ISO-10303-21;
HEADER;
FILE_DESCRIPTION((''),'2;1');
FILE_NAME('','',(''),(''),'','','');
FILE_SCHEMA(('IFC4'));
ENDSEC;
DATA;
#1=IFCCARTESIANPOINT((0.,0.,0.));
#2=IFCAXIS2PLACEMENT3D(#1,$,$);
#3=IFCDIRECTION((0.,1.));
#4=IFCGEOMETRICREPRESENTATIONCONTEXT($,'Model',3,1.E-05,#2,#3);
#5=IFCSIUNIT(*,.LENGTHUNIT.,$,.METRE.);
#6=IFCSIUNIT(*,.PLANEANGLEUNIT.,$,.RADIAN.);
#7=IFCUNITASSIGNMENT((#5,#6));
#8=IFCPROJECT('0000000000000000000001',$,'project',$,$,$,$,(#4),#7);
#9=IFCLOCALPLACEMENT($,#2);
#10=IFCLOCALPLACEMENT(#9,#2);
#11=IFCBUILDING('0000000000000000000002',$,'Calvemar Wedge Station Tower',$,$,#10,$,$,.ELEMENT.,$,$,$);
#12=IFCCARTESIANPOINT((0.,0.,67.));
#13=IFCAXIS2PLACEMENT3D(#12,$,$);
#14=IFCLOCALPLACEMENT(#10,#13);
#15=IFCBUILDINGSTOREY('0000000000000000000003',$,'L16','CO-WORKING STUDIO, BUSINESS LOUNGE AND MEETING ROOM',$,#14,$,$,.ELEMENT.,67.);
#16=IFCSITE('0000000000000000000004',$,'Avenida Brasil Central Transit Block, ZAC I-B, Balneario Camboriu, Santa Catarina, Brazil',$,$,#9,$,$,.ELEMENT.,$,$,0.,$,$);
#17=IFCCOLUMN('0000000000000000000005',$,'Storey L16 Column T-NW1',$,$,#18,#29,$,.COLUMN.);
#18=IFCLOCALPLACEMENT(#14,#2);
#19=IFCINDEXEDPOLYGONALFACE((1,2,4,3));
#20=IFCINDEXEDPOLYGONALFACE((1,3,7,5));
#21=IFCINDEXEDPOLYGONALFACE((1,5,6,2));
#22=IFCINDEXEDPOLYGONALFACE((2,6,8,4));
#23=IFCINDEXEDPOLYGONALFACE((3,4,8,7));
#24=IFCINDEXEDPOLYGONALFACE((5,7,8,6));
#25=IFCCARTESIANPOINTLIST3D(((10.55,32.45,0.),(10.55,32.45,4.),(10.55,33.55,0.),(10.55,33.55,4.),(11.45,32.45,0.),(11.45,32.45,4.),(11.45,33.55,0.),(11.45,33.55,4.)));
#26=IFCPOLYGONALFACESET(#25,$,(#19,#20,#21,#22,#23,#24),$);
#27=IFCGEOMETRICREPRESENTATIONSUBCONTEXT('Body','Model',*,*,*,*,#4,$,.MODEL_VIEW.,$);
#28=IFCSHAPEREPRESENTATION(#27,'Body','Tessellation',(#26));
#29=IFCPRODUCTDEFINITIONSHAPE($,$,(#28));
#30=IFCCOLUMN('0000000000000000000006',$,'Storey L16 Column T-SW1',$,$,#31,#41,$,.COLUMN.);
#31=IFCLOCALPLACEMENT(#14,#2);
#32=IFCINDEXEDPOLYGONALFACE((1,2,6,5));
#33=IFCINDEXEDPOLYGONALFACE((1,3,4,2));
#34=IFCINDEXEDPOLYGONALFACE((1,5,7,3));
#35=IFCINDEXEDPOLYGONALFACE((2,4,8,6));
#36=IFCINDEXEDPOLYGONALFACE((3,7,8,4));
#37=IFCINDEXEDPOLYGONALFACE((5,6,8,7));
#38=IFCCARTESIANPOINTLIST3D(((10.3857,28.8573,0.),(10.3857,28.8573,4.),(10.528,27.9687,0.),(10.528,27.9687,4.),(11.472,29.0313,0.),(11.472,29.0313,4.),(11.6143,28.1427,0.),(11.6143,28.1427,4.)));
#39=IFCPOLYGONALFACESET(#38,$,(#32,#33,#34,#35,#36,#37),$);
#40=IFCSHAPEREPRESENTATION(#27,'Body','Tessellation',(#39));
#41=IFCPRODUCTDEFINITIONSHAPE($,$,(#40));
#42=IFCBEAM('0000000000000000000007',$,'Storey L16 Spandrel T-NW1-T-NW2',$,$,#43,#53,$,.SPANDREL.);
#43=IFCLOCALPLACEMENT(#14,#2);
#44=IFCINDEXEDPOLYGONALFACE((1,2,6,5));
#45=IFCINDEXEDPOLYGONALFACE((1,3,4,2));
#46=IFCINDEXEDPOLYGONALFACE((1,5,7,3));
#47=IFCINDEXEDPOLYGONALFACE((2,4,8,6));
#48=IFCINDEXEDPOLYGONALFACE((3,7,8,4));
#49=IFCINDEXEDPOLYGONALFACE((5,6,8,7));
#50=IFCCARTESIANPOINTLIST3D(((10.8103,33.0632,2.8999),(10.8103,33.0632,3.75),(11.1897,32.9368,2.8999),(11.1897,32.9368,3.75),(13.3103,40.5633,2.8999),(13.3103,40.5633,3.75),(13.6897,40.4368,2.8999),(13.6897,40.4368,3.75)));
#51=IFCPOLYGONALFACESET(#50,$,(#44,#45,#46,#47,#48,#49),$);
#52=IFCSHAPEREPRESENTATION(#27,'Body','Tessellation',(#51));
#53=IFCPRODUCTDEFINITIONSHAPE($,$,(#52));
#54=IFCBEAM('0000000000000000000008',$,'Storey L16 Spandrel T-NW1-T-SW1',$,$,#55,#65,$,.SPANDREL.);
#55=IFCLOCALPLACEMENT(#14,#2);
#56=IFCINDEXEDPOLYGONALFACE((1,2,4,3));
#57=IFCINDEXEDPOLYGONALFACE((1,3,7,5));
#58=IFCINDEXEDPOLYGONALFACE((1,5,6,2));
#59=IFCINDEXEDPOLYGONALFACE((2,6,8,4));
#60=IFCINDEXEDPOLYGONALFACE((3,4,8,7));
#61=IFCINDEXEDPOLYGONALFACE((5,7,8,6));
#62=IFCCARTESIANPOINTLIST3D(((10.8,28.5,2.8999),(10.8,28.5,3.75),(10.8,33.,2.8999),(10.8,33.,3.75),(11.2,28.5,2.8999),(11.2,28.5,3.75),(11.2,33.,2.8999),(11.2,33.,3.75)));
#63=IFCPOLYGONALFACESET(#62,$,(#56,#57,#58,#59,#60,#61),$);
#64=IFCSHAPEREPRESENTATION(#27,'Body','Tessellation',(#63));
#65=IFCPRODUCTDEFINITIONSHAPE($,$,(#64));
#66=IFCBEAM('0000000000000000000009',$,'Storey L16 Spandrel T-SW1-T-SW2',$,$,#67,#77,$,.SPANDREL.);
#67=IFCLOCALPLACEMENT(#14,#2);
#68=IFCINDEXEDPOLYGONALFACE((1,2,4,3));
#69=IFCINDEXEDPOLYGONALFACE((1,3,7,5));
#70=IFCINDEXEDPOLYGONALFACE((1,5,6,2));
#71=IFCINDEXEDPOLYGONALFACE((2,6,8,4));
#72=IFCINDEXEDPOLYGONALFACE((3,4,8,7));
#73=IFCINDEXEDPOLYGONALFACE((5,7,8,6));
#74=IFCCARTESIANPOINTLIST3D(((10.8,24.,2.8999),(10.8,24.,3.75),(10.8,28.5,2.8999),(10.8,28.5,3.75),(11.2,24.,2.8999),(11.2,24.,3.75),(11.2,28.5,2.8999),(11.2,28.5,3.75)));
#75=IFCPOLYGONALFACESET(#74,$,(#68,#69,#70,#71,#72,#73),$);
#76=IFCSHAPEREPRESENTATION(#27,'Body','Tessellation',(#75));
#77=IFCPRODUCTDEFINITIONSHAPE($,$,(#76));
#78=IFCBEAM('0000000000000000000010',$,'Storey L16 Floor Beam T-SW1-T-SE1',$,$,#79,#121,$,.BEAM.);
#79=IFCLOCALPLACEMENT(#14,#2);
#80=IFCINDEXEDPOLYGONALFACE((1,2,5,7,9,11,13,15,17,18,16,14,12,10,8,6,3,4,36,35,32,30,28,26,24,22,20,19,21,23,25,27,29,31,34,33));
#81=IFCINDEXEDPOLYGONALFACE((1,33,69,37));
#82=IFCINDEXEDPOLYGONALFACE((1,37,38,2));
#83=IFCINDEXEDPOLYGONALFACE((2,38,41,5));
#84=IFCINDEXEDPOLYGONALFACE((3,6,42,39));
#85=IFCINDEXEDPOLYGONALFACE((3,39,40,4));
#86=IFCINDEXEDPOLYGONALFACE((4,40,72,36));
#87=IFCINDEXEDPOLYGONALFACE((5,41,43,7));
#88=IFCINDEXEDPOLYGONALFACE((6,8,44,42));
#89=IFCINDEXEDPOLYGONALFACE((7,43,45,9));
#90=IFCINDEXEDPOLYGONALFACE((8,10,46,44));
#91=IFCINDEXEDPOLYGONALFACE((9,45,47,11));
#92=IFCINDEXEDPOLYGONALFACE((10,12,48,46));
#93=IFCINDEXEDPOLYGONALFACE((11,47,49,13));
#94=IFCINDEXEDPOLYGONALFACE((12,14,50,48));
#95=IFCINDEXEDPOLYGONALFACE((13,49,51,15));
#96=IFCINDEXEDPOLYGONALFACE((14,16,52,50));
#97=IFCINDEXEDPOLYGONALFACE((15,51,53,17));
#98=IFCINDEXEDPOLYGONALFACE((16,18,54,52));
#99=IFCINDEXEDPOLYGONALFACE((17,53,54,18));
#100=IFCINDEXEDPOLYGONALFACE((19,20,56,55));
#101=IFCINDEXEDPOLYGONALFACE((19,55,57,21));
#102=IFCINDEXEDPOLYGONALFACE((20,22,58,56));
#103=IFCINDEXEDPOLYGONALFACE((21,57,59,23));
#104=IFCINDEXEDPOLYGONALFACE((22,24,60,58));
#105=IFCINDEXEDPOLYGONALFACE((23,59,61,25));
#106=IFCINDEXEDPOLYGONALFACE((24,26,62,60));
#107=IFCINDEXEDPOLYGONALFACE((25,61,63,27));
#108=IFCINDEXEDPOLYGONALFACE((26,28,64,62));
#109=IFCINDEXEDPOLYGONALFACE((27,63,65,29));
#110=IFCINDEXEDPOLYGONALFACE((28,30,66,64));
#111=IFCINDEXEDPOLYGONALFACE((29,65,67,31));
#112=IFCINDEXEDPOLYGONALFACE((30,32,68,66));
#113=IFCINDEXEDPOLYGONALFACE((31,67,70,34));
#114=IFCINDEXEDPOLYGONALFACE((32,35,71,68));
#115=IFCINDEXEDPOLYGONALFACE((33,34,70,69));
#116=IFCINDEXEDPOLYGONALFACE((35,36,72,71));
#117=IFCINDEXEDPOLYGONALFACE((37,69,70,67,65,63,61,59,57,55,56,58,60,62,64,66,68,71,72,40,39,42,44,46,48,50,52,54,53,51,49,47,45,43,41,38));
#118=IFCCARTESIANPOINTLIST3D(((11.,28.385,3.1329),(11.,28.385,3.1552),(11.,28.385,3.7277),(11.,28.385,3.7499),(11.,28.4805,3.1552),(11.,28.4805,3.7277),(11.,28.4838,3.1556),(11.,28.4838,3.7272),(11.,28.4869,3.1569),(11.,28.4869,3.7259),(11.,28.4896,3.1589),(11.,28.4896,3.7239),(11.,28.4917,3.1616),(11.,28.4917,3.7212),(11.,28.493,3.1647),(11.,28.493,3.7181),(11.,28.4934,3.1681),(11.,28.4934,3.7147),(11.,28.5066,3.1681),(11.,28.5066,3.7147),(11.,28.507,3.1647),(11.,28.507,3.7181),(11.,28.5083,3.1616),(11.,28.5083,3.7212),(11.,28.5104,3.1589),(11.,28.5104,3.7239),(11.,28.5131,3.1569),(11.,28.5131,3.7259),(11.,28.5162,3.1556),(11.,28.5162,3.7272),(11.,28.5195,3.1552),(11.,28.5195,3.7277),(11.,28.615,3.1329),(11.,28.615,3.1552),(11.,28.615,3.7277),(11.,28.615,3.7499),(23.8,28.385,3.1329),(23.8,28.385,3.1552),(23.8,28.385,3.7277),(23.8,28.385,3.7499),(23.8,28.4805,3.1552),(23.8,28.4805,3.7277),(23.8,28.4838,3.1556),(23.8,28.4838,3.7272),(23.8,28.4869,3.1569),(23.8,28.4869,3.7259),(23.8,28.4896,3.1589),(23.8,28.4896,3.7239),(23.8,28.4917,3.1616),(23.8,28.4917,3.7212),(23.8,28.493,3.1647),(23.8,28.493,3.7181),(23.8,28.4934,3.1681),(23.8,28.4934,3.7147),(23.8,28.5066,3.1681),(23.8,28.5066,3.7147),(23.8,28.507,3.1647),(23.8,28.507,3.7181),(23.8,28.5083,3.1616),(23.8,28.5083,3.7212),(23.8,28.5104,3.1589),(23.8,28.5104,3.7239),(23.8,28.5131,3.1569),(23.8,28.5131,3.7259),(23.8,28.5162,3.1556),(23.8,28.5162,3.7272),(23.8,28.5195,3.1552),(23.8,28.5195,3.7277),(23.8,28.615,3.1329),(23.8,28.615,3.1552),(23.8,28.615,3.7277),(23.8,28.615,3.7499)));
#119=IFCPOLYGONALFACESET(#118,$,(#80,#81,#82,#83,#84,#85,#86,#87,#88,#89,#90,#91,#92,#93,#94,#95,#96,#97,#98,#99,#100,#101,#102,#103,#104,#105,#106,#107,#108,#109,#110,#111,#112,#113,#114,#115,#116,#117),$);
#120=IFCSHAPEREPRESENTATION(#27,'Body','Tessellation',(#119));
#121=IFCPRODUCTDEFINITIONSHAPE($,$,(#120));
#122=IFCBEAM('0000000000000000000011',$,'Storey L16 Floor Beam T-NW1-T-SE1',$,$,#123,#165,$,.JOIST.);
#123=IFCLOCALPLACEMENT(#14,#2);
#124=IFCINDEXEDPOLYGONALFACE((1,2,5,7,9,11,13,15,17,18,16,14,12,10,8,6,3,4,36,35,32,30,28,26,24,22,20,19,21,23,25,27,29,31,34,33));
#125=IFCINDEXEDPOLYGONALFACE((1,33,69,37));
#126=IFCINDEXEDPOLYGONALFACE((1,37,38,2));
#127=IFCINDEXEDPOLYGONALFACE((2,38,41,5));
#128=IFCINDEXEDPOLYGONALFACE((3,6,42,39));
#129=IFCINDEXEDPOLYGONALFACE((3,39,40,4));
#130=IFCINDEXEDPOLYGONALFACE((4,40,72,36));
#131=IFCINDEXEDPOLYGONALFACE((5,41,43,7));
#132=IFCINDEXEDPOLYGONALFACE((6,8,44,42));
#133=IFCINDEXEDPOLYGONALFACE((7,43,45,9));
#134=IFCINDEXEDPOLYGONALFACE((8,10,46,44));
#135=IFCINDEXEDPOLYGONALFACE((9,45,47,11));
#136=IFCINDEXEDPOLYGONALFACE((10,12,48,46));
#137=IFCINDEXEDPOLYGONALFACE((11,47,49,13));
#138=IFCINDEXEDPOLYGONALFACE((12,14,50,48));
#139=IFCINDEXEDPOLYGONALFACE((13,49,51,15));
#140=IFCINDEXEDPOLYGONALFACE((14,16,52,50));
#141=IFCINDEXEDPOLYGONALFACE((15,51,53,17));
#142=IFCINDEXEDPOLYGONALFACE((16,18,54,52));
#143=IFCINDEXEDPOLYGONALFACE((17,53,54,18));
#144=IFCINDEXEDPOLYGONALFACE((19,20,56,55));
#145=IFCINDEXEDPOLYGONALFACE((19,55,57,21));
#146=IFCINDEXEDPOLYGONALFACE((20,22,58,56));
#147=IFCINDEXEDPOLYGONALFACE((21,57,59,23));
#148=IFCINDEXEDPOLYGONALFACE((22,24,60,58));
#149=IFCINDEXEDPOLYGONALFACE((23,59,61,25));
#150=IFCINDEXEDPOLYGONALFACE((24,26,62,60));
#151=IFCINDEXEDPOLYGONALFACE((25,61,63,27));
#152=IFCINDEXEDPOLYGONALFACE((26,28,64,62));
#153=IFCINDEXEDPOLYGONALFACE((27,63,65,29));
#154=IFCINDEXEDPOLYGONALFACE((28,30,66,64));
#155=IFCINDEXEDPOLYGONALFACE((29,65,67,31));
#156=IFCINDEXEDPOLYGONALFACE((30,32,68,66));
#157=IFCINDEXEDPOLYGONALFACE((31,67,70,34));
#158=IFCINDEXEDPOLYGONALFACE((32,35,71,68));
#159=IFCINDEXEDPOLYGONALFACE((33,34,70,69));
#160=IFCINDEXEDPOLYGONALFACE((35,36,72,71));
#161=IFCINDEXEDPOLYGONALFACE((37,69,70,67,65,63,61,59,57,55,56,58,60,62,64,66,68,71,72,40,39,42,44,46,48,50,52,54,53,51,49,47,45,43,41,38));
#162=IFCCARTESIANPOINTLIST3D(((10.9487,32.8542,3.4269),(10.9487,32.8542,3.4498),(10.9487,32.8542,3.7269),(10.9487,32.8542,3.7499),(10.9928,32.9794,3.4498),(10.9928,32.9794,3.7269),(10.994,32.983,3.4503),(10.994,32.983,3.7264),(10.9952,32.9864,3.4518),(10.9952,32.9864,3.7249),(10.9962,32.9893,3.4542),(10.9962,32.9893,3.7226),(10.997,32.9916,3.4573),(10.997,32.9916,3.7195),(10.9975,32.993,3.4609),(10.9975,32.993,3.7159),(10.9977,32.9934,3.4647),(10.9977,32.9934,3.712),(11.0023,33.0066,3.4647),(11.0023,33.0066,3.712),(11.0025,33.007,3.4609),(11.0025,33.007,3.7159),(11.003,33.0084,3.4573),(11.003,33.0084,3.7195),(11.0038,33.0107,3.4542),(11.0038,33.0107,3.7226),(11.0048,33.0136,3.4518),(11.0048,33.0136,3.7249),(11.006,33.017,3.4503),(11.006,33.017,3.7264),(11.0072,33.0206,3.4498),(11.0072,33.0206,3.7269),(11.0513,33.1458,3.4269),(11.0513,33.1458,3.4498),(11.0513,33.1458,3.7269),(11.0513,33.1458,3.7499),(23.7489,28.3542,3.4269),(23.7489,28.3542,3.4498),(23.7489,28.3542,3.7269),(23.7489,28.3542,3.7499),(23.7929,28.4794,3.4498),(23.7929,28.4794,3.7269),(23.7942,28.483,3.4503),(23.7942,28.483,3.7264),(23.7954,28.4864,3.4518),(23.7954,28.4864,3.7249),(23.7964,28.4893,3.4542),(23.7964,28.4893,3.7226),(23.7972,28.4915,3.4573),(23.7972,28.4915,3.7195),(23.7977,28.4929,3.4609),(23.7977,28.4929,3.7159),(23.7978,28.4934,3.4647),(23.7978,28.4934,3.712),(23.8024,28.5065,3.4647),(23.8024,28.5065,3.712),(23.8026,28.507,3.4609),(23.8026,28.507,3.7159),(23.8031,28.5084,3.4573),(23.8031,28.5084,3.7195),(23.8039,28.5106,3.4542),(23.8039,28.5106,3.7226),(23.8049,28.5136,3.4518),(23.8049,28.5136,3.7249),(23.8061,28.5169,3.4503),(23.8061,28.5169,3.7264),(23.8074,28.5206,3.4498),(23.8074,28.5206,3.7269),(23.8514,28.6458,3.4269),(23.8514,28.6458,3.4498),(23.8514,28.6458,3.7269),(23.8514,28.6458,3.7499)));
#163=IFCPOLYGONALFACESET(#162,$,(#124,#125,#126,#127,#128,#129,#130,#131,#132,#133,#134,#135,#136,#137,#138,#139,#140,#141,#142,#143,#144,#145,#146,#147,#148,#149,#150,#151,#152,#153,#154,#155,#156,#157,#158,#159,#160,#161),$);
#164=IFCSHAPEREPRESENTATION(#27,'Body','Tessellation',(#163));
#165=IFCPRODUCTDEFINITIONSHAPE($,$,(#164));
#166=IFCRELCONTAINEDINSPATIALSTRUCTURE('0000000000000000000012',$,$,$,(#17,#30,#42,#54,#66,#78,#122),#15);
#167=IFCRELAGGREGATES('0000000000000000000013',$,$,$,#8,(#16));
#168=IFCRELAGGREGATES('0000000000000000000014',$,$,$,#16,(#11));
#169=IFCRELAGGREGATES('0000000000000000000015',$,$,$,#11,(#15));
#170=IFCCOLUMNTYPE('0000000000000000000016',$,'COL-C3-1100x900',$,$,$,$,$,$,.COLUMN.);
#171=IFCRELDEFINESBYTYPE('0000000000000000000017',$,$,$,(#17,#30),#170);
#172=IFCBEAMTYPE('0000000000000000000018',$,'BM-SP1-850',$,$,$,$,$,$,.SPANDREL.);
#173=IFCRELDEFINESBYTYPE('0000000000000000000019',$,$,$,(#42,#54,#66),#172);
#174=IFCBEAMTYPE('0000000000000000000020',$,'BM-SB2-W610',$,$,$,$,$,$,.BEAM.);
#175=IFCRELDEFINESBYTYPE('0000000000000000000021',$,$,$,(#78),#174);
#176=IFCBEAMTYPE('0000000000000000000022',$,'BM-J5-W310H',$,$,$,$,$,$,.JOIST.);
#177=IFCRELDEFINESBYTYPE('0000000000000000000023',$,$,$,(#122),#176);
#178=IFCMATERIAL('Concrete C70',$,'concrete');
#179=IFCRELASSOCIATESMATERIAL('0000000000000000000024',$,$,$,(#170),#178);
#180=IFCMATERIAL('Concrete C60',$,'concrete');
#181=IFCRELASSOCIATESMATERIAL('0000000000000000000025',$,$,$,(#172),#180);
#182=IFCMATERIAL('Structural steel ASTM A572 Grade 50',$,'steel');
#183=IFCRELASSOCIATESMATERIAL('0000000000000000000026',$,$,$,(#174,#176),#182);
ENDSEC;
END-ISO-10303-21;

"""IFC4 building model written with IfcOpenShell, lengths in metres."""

from ifc_helpers import new_model, si_unit, direction, frame, origin, origin_2d, place, context, subcontext, project, spatial, rectangle, i_section, extrude, source, transform, mapped, material, material_profile, profile_set, type_object, element, save


model = new_model("IFC4")

# Units and contexts
model_context = context("Model", 3, precision=1e-05, world=origin(), true_north=direction((0.0, 1.0)))
body_context = subcontext(model_context, "Body", "Model", "MODEL_VIEW")
ifc_project = project(units=[si_unit("LENGTHUNIT", "METRE"), si_unit("PLANEANGLEUNIT", "RADIAN")], contexts=[model_context])

# Site, building, storey
site_placement = place(None, origin())
site = spatial("IfcSite", under=ifc_project, at=site_placement, Name="Avenida Brasil Central Transit Block, ZAC I-B, Balneario Camboriu, Santa Catarina, Brazil", CompositionType="ELEMENT", RefElevation=0.0)
building_placement = place(site_placement, origin())
building = spatial("IfcBuilding", under=site, at=building_placement, Name="Calvemar Wedge Station Tower", CompositionType="ELEMENT")
storey_placement = place(building_placement, frame((0.0, 0.0, 67.0)))
storey = spatial("IfcBuildingStorey", under=building, at=storey_placement, Name="L16", Description="CO-WORKING STUDIO, BUSINESS LOUNGE AND MEETING ROOM", CompositionType="ELEMENT", Elevation=67.0)

# Columns
ifc_material_1 = material(Name="Concrete C70", Category="concrete")
ifc_material_profile_1 = material_profile(ifc_material_1, rectangle(XDim=0.8999, YDim=1.1001, at=origin_2d()), Name="RC1100x900")
ifc_profile_set_1 = profile_set([ifc_material_profile_1], Name="Concrete C70")
column_type = type_object("IfcColumnType", Name="COL-C3-1100x900", PredefinedType="COLUMN", material=ifc_profile_set_1)
shared_shape_1 = source(origin(), body_context, "Body", "SweptSolid", [
    extrude(rectangle(XDim=0.8999, YDim=1.1001, at=origin_2d()), origin(), (0.0, 0.0, 1.0), 4.0),
])
for number, where, z_axis, x_axis, name in (
    (1, (11.0, 33.0, 0.0), (0.0, 0.0, 1.0), (1.0, 0.0, 0.0), "Storey L16 Column T-NW1"),
    (2, (11.0, 28.5, 0.0), (0.0, 0.0, 1.0), (0.158158, -0.987414, 0.0), "Storey L16 Column T-SW1"),
):
    element("IfcColumn", number, at=place(storey_placement, frame(where, z_axis=z_axis, x_axis=x_axis)), inside=storey, type_object=column_type, Name=name, PredefinedType="COLUMN", context=body_context, shape_type="MappedRepresentation", body=[
        mapped(shared_shape_1, transform((0.0, 0.0, 0.0), scale=1.0)),
    ])

# Beams
ifc_material_2 = material(Name="Concrete C60", Category="concrete")
ifc_material_profile_2 = material_profile(ifc_material_2, rectangle(XDim=0.3999, YDim=0.8501, at=origin_2d()), Name="RC400x850")
ifc_profile_set_2 = profile_set([ifc_material_profile_2], Name="Concrete C60")
beam_type_1 = type_object("IfcBeamType", Name="BM-SP1-850", PredefinedType="SPANDREL", material=ifc_profile_set_2)
shared_shape_2 = source(origin(), body_context, "Body", "SweptSolid", [
    extrude(rectangle(XDim=0.3999, YDim=0.8501, at=origin_2d()), origin(), (0.0, 0.0, 1.0), 7.9058),
])
beam_1_placement = place(storey_placement, frame((11.0, 33.0, 3.325), z_axis=(0.316228, 0.948683, 0.0), x_axis=(-0.948683, 0.316228, 0.0)))
element("IfcBeam", 3, at=beam_1_placement, inside=storey, type_object=beam_type_1, Name="Storey L16 Spandrel T-NW1-T-NW2", PredefinedType="SPANDREL", context=body_context, shape_type="MappedRepresentation", body=[
    mapped(shared_shape_2, transform((0.0, 0.0, 0.0), scale=1.0)),
])
shared_shape_3 = source(origin(), body_context, "Body", "SweptSolid", [
    extrude(rectangle(XDim=0.3999, YDim=0.8501, at=origin_2d()), origin(), (0.0, 0.0, 1.0), 4.5),
])
for number, where, z_axis, x_axis, name in (
    (4, (11.0, 33.0, 3.325), (0.0, -1.0, 0.0), (1.0, 0.0, 0.0), "Storey L16 Spandrel T-NW1-T-SW1"),
    (5, (11.0, 28.5, 3.325), (0.0, -1.0, 0.0), (1.0, 0.0, 0.0), "Storey L16 Spandrel T-SW1-T-SW2"),
):
    element("IfcBeam", number, at=place(storey_placement, frame(where, z_axis=z_axis, x_axis=x_axis)), inside=storey, type_object=beam_type_1, Name=name, PredefinedType="SPANDREL", context=body_context, shape_type="MappedRepresentation", body=[
        mapped(shared_shape_3, transform((0.0, 0.0, 0.0), scale=1.0)),
    ])
ifc_material_3 = material(Name="Structural steel ASTM A572 Grade 50", Category="steel")
ifc_material_profile_3 = material_profile(ifc_material_3, i_section(OverallWidth=0.23, OverallDepth=0.6169, WebThickness=0.0132, FlangeThickness=0.0222, FilletRadius=0.0129, at=origin_2d()), Name="W610x140")
ifc_profile_set_3 = profile_set([ifc_material_profile_3], Name="Structural steel ASTM A572 Grade 50")
beam_type_2 = type_object("IfcBeamType", Name="BM-SB2-W610", PredefinedType="BEAM", material=ifc_profile_set_3)
shared_shape_4 = source(origin(), body_context, "Body", "SweptSolid", [
    extrude(i_section(OverallWidth=0.23, OverallDepth=0.6169, WebThickness=0.0132, FlangeThickness=0.0222, FilletRadius=0.0129, at=origin_2d()), origin(), (0.0, 0.0, 1.0), 12.8),
])
beam_2_placement = place(storey_placement, frame((11.0, 28.5, 3.4414), z_axis=(1.0, 0.0, 0.0), x_axis=(0.0, 1.0, 0.0)))
element("IfcBeam", 6, at=beam_2_placement, inside=storey, type_object=beam_type_2, Name="Storey L16 Floor Beam T-SW1-T-SE1", PredefinedType="BEAM", context=body_context, shape_type="MappedRepresentation", body=[
    mapped(shared_shape_4, transform((0.0, 0.0, 0.0), scale=1.0)),
])
ifc_material_profile_4 = material_profile(ifc_material_3, i_section(OverallWidth=0.3091, OverallDepth=0.323, WebThickness=0.0139, FlangeThickness=0.0229, FilletRadius=0.0149, at=origin_2d()), Name="W310x143")
ifc_profile_set_4 = profile_set([ifc_material_profile_4], Name="Structural steel ASTM A572 Grade 50")
beam_type_3 = type_object("IfcBeamType", Name="BM-J5-W310H", PredefinedType="JOIST", material=ifc_profile_set_4)
shared_shape_5 = source(origin(), body_context, "Body", "SweptSolid", [
    extrude(i_section(OverallWidth=0.3091, OverallDepth=0.323, WebThickness=0.0139, FlangeThickness=0.0229, FilletRadius=0.0149, at=origin_2d()), origin(), (0.0, 0.0, 1.0), 13.5681),
])
for number, where, z_axis, x_axis, name in (
    (7, (11.0, 33.0, 3.5884), (0.943398, -0.331662, 0.0), (0.331662, 0.943398, 0.0), "Storey L16 Floor Beam T-NW1-T-SE1"),
):
    element("IfcBeam", number, at=place(storey_placement, frame(where, z_axis=z_axis, x_axis=x_axis)), inside=storey, type_object=beam_type_3, Name=name, PredefinedType="JOIST", context=body_context, shape_type="MappedRepresentation", body=[
        mapped(shared_shape_5, transform((0.0, 0.0, 0.0), scale=1.0)),
    ])

save(model, "model.ifc")
